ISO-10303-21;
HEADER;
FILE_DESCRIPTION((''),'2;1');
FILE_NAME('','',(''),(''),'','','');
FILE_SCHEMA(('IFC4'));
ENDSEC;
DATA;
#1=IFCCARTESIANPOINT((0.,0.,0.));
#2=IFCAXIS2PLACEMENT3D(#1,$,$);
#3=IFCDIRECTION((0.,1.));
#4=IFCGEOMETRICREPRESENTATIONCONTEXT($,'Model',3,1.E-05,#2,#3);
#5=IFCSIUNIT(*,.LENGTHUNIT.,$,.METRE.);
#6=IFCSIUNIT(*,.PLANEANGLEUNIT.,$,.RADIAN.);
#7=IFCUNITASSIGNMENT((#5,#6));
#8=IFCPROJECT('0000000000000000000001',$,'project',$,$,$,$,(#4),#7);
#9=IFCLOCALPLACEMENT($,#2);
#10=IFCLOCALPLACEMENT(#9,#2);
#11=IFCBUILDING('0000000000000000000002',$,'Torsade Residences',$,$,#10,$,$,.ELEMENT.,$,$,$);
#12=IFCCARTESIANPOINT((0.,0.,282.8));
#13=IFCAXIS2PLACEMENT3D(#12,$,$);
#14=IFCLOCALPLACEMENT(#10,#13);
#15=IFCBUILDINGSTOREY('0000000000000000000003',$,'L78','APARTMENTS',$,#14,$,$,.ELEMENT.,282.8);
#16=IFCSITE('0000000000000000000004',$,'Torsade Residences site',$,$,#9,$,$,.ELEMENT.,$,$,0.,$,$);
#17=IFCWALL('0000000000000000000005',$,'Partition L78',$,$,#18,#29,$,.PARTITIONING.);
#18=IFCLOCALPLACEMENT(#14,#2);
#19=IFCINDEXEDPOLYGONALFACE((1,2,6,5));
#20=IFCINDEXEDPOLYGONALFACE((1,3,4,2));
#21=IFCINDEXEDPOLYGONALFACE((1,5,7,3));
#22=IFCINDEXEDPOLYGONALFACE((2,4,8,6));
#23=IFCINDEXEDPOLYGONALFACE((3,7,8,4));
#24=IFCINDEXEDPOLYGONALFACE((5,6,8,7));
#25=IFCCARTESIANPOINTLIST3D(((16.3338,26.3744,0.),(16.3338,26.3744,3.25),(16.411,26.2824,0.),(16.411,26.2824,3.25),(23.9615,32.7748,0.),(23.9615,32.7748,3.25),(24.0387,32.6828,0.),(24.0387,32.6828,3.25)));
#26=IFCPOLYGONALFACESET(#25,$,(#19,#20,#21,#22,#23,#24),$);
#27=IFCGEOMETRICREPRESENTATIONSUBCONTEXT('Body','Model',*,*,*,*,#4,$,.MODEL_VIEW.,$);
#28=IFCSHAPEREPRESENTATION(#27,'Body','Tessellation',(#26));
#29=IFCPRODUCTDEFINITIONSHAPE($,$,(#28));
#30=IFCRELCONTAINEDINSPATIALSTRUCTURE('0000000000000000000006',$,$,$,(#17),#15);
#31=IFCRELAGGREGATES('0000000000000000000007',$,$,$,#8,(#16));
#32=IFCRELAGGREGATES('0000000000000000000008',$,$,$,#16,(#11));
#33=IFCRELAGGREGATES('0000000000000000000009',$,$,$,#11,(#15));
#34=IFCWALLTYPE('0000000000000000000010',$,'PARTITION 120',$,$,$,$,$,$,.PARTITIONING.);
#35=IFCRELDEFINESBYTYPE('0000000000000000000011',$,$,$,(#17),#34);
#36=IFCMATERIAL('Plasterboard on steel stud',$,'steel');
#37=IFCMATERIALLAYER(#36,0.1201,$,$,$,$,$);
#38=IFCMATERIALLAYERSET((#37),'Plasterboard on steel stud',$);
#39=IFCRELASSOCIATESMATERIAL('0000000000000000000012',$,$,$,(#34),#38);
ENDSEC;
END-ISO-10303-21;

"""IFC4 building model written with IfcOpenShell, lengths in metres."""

from ifc_helpers import new_model, si_unit, direction, frame, frame_2d, origin, place, context, subcontext, project, spatial, rectangle, extrude, material, layer, layer_set, type_object, element, save


model = new_model("IFC4")

# Units and contexts
model_context = context("Model", 3, precision=1e-05, world=origin(), true_north=direction((0.0, 1.0)))
body_context = subcontext(model_context, "Body", "Model", "MODEL_VIEW")
ifc_project = project(units=[si_unit("LENGTHUNIT", "METRE"), si_unit("PLANEANGLEUNIT", "RADIAN")], contexts=[model_context])

# Site, building, storey
site_placement = place(None, origin())
site = spatial("IfcSite", under=ifc_project, at=site_placement, Name="Torsade Residences site", CompositionType="ELEMENT", RefElevation=0.0)
building_placement = place(site_placement, origin())
building = spatial("IfcBuilding", under=site, at=building_placement, Name="Torsade Residences", CompositionType="ELEMENT")
storey_placement = place(building_placement, frame((0.0, 0.0, 282.8)))
storey = spatial("IfcBuildingStorey", under=building, at=storey_placement, Name="L78", Description="APARTMENTS", CompositionType="ELEMENT", Elevation=282.8)

# Shared definitions
ifc_material_1 = material(Name="Plasterboard on steel stud", Category="steel")
ifc_layer_1 = layer(ifc_material_1, 0.1201)
ifc_layer_set_1 = layer_set([ifc_layer_1], Name="Plasterboard on steel stud")
wall_type_1 = type_object("IfcWallType", Name="PARTITION 120", PredefinedType="PARTITIONING", material=ifc_layer_set_1)

# Wall
wall_1_placement = place(storey_placement, frame((24.0, 32.7288, 0.0), z_axis=(0.0, 0.0, 1.0), x_axis=(-0.766044, -0.642788, 0.0)))
element("IfcWall", 1, at=wall_1_placement, inside=storey, type_object=wall_type_1, Name="Partition L78", PredefinedType="PARTITIONING", context=body_context, shape_type="SweptSolid", body=[
    extrude(rectangle(XDim=9.9573, YDim=0.1201, at=frame_2d((4.9785, 0.0))), origin(), (0.0, 0.0, 1.0), 3.25),
])

save(model, "model.ifc")
